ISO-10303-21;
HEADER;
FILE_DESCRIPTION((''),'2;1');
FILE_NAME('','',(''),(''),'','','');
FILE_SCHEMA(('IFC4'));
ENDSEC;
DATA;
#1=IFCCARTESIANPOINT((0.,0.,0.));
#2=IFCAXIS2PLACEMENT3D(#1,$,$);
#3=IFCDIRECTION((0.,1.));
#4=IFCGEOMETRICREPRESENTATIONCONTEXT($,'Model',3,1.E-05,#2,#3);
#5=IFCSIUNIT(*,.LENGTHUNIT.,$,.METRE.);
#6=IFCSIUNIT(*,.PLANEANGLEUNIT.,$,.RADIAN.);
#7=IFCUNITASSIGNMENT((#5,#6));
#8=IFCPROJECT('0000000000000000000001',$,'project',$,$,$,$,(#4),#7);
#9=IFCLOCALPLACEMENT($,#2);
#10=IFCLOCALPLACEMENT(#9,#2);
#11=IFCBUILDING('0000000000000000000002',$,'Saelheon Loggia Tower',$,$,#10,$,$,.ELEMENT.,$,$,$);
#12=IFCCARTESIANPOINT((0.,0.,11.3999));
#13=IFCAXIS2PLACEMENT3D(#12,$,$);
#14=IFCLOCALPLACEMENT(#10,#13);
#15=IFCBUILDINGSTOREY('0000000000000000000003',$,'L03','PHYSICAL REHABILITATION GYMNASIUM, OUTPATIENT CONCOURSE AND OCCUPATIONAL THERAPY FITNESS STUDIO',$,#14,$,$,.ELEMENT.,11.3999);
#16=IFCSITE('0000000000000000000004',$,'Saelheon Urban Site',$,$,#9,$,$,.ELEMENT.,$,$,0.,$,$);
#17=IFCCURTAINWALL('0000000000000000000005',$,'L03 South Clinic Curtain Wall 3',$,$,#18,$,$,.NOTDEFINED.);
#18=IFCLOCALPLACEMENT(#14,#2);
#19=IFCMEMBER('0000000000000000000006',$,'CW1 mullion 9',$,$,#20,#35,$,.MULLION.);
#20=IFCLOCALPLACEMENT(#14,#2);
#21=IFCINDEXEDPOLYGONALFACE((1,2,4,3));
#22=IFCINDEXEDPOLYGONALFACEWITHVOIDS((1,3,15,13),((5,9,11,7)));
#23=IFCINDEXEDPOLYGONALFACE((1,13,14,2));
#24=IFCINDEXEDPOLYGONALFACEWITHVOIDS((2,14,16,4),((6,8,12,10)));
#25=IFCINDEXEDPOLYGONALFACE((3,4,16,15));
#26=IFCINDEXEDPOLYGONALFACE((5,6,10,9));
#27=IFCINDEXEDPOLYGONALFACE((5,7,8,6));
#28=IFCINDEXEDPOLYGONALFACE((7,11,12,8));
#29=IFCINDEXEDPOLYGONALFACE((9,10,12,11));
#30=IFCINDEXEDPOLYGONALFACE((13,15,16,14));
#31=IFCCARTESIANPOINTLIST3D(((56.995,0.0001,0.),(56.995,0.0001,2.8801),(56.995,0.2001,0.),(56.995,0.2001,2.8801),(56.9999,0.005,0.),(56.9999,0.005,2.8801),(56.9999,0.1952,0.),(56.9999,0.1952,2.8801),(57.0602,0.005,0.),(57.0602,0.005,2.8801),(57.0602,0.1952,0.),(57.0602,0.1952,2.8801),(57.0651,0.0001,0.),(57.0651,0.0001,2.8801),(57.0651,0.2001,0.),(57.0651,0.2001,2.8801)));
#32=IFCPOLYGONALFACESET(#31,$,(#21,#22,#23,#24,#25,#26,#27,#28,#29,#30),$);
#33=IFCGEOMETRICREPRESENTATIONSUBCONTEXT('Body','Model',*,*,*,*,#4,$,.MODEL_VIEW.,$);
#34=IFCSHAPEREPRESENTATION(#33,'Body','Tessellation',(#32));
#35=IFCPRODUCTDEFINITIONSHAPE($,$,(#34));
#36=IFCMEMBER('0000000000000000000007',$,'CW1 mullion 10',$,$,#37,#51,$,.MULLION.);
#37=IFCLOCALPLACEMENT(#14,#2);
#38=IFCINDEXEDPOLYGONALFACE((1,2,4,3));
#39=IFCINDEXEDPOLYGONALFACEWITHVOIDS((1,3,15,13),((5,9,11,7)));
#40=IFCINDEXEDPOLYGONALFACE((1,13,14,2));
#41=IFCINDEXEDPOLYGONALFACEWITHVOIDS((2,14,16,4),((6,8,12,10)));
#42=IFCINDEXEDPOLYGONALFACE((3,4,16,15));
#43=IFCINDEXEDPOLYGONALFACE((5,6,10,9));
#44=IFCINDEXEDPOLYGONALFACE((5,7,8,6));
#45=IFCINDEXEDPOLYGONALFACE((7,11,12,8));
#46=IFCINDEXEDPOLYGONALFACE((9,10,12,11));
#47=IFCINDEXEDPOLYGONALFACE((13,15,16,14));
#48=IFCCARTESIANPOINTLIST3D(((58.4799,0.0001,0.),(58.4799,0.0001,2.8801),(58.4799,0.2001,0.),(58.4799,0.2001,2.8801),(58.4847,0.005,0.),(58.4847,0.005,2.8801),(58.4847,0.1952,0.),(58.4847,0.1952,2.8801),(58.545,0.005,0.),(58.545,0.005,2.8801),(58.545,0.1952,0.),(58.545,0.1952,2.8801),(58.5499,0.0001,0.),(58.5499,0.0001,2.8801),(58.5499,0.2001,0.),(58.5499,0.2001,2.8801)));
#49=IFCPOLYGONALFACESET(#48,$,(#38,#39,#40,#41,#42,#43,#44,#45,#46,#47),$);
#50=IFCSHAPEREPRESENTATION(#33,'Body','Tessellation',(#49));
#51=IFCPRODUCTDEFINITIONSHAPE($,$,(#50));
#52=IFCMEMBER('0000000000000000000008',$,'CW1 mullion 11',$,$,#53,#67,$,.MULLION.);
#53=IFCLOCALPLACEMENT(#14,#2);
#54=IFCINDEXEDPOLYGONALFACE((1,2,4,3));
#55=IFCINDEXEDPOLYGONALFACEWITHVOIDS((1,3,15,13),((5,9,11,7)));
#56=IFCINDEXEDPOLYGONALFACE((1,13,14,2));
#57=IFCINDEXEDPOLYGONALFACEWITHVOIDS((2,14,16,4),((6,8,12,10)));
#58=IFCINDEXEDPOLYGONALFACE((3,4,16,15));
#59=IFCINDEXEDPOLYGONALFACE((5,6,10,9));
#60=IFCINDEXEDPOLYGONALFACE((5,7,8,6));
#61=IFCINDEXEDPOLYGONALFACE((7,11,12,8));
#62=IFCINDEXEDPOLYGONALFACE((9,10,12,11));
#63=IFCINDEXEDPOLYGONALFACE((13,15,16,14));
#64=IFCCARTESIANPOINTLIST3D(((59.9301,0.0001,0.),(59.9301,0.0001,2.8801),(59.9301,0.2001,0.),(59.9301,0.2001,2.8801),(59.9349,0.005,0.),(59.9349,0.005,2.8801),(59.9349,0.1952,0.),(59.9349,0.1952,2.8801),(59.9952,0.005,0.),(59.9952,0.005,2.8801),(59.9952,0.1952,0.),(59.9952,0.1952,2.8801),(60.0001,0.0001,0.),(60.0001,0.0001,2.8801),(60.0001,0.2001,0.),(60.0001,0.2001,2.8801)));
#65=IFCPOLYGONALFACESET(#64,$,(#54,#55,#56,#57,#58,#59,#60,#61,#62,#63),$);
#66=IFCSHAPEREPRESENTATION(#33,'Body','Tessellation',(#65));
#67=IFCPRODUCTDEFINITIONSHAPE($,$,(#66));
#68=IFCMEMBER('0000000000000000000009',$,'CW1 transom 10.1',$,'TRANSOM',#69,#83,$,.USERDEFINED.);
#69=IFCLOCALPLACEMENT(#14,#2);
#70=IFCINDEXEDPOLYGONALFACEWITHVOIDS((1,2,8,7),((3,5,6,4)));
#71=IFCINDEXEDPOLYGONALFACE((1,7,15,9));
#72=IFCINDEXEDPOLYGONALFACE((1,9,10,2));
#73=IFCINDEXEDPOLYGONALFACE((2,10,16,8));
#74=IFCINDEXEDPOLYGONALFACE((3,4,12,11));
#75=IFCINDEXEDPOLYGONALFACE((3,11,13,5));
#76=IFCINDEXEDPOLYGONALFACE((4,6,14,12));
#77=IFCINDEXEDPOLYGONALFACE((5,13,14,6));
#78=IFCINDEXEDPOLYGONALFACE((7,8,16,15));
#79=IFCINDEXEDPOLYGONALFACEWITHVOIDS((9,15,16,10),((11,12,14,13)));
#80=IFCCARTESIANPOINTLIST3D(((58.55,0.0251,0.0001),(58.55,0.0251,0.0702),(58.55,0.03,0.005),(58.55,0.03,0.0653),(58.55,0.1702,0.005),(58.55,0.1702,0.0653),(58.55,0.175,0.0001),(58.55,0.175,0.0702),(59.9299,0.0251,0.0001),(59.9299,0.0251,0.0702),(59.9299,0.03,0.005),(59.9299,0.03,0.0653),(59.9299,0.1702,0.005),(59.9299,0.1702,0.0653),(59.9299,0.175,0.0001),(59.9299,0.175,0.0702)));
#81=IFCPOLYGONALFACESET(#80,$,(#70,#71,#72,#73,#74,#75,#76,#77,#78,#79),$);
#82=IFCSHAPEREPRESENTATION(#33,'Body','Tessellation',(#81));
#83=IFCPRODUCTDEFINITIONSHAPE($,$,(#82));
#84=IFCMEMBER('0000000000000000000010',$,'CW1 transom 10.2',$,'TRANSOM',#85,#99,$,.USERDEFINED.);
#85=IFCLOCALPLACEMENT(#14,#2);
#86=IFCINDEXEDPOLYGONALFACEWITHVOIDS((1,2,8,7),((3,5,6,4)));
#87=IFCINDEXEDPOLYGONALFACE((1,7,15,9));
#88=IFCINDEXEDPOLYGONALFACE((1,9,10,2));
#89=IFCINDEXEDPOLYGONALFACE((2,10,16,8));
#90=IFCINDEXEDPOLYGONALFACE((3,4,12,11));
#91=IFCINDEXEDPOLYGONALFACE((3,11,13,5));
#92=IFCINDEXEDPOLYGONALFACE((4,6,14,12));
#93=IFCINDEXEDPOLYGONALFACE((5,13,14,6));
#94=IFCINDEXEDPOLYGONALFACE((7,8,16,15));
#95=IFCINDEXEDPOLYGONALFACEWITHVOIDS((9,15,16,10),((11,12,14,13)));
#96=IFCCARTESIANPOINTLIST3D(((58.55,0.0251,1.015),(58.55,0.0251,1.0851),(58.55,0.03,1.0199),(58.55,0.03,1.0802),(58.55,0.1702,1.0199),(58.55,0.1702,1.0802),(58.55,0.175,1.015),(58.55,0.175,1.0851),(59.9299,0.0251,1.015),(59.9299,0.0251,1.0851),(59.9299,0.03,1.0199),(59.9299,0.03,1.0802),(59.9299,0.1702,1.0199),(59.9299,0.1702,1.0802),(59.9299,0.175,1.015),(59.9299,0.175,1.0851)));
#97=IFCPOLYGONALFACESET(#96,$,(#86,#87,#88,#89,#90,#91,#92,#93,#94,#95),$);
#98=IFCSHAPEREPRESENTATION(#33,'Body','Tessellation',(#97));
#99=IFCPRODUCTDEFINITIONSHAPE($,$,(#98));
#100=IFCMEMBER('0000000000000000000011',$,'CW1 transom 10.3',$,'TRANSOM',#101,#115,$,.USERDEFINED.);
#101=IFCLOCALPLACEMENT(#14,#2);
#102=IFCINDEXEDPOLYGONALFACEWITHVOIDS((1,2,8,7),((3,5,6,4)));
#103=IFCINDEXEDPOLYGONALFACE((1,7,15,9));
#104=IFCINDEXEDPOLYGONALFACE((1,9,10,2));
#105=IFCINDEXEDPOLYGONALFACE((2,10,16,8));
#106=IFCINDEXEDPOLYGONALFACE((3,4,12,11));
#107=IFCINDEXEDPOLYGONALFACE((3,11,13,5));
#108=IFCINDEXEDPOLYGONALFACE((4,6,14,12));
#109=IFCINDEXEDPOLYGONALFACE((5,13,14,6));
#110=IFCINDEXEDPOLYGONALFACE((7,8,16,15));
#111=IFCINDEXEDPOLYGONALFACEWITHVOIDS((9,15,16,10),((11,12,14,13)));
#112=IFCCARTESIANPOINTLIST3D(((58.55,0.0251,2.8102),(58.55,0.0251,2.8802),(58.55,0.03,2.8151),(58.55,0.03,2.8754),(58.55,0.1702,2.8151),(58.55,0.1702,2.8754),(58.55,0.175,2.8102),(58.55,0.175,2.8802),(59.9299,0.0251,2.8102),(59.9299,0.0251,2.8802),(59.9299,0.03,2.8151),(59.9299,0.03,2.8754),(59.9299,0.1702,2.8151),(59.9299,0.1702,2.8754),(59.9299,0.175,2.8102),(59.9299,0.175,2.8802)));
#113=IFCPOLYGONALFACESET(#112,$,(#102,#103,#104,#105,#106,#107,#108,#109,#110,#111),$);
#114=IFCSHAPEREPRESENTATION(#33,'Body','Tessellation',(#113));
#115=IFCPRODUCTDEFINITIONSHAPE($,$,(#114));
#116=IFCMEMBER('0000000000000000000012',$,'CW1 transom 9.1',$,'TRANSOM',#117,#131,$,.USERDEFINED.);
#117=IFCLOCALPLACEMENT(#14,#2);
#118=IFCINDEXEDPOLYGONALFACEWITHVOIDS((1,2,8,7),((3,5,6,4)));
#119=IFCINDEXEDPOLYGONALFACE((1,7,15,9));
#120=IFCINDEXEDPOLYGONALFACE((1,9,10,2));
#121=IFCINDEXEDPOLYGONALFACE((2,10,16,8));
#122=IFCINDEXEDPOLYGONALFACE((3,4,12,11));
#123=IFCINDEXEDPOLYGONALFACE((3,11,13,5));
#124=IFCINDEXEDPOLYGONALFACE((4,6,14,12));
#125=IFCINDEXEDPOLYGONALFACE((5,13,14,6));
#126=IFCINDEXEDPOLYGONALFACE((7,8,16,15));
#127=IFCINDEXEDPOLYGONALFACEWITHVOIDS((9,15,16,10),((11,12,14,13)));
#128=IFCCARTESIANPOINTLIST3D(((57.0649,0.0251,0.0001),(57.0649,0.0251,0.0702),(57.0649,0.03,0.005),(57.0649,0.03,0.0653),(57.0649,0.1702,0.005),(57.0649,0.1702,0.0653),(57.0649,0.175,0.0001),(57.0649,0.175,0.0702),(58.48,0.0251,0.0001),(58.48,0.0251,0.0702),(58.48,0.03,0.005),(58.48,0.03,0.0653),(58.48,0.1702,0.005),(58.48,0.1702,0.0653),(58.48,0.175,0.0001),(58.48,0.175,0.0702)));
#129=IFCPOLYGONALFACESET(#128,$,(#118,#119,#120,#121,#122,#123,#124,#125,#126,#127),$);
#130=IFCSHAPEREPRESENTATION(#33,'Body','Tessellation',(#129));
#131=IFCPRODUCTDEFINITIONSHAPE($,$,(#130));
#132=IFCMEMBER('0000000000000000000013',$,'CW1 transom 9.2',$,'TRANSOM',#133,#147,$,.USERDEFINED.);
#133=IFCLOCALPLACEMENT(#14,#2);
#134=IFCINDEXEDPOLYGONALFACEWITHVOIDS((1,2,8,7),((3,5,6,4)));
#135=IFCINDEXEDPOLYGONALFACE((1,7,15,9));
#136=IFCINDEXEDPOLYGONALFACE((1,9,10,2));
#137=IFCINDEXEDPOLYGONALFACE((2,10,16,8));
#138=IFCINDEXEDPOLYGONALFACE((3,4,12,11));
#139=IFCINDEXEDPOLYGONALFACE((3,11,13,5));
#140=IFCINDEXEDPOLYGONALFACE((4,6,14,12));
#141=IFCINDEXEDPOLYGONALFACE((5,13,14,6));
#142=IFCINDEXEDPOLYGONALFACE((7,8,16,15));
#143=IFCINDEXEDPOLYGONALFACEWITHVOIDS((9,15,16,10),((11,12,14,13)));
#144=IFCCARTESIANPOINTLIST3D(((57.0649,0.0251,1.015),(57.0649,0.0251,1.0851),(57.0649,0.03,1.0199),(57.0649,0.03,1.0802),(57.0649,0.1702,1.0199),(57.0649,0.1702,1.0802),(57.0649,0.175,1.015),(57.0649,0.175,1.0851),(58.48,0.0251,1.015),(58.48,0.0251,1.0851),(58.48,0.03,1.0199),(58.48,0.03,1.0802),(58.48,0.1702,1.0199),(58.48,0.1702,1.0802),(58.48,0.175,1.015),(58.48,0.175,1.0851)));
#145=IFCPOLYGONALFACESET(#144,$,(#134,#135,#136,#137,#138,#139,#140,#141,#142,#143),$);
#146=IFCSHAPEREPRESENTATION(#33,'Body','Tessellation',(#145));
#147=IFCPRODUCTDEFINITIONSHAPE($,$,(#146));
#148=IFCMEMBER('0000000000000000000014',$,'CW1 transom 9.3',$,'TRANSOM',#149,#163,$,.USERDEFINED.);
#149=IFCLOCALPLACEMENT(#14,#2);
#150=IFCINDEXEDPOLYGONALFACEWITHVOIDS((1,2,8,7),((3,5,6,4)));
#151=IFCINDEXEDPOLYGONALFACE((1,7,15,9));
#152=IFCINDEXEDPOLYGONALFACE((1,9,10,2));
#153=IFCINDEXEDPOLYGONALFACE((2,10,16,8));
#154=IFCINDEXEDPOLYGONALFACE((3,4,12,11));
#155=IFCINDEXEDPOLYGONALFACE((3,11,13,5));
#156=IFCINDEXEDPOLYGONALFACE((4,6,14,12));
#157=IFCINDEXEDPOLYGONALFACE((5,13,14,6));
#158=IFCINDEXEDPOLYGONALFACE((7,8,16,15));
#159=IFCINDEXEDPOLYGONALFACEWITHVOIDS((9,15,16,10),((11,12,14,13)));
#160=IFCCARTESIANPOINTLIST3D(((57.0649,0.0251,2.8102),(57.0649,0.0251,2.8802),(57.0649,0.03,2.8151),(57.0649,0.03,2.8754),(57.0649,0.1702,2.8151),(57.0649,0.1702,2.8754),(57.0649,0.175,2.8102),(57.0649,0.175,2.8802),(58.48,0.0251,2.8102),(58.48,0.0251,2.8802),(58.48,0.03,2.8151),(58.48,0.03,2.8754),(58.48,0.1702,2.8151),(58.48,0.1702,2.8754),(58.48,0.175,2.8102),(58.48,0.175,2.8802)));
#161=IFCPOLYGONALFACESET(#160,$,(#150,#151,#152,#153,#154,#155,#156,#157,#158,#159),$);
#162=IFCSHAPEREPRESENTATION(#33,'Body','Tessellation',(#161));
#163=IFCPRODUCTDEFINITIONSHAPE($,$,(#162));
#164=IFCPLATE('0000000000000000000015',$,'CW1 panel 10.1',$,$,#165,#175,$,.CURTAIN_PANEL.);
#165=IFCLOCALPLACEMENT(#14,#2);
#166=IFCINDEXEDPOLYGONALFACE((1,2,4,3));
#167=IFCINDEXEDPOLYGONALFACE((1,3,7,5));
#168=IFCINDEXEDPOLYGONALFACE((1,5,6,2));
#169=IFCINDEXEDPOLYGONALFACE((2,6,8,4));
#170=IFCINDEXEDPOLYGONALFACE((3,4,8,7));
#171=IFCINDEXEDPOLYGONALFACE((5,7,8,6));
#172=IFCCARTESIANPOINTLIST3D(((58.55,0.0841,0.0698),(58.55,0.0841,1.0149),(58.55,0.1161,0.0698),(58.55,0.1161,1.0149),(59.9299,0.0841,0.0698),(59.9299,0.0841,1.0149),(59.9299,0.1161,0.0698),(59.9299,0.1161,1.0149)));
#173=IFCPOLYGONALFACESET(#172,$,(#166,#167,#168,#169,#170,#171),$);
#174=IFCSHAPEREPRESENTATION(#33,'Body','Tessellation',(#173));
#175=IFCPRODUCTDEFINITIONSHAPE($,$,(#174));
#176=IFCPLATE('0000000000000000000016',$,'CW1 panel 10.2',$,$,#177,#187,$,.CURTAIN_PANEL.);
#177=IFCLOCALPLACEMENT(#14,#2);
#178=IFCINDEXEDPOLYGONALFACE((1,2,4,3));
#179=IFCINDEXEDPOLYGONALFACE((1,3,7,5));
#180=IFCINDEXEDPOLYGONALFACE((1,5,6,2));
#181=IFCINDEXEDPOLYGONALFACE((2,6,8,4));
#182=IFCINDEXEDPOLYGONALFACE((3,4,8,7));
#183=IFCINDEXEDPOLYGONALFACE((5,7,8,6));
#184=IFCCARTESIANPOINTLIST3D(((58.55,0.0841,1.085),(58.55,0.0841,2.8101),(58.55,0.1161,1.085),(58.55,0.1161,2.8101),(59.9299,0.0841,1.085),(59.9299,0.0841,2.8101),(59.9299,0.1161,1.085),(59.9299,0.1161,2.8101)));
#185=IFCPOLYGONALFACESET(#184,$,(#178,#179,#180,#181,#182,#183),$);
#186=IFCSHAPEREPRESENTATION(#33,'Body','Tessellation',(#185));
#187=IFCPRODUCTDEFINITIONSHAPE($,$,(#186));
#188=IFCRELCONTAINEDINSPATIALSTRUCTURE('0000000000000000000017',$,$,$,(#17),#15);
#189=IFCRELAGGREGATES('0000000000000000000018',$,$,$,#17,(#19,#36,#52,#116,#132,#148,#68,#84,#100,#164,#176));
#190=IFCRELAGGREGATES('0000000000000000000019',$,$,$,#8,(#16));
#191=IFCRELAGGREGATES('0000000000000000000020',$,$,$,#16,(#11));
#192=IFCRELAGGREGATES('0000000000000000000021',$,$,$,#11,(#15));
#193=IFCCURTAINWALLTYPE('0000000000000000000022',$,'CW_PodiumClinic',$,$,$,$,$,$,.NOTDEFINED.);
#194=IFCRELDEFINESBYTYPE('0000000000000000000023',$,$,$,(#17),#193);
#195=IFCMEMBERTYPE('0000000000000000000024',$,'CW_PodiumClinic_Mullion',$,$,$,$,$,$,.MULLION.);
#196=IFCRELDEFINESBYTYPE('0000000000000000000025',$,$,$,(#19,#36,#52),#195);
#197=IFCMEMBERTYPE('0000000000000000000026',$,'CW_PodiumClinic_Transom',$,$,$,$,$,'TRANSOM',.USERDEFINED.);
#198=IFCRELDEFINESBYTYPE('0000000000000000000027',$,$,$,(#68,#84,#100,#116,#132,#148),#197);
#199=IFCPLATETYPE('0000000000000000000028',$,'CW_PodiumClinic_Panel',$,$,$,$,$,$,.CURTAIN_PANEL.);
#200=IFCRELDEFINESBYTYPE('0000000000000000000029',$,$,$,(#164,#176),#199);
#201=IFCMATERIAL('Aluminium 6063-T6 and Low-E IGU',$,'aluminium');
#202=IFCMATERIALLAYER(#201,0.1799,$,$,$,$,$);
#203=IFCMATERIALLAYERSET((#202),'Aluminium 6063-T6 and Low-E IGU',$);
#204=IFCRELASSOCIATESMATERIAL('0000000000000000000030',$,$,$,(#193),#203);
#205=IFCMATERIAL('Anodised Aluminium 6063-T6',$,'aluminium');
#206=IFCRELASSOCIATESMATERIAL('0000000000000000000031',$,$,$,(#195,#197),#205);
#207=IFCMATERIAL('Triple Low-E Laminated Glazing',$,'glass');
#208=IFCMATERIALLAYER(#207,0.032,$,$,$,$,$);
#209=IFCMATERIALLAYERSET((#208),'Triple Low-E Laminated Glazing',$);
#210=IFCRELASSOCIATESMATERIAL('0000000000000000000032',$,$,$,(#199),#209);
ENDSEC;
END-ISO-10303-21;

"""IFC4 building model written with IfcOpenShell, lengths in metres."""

from ifc_helpers import new_model, si_unit, direction, frame, origin, origin_2d, place, context, subcontext, project, spatial, rectangle, hollow_rectangle, extrude, source, transform, mapped, material, layer, layer_set, material_profile, profile_set, type_object, element, aggregate, save


model = new_model("IFC4")

# Units and contexts
model_context = context("Model", 3, precision=1e-05, world=origin(), true_north=direction((0.0, 1.0)))
body_context = subcontext(model_context, "Body", "Model", "MODEL_VIEW")
ifc_project = project(units=[si_unit("LENGTHUNIT", "METRE"), si_unit("PLANEANGLEUNIT", "RADIAN")], contexts=[model_context])

# Site, building, storey
site_placement = place(None, origin())
site = spatial("IfcSite", under=ifc_project, at=site_placement, Name="Saelheon Urban Site", CompositionType="ELEMENT", RefElevation=0.0)
building_placement = place(site_placement, origin())
building = spatial("IfcBuilding", under=site, at=building_placement, Name="Saelheon Loggia Tower", CompositionType="ELEMENT")
storey_placement = place(building_placement, frame((0.0, 0.0, 11.3999)))
storey = spatial("IfcBuildingStorey", under=building, at=storey_placement, Name="L03", Description="PHYSICAL REHABILITATION GYMNASIUM, OUTPATIENT CONCOURSE AND OCCUPATIONAL THERAPY FITNESS STUDIO", CompositionType="ELEMENT", Elevation=11.3999)

# Curtain wall, members, plates
ifc_material_1 = material(Name="Aluminium 6063-T6 and Low-E IGU", Category="aluminium")
ifc_layer_1 = layer(ifc_material_1, 0.1799)
ifc_layer_set_1 = layer_set([ifc_layer_1], Name="Aluminium 6063-T6 and Low-E IGU")
curtain_wall_type = type_object("IfcCurtainWallType", Name="CW_PodiumClinic", PredefinedType="NOTDEFINED", material=ifc_layer_set_1)
curtain_wall_placement = place(storey_placement, origin())
curtain_wall = element("IfcCurtainWall", 1, at=curtain_wall_placement, inside=storey, type_object=curtain_wall_type, Name="L03 South Clinic Curtain Wall 3", PredefinedType="NOTDEFINED")
ifc_material_2 = material(Name="Anodised Aluminium 6063-T6", Category="aluminium")
ifc_material_profile_1 = material_profile(ifc_material_2, hollow_rectangle(XDim=0.0701, YDim=0.2, WallThickness=0.0049, at=origin_2d()), Name="RHS-200x70x5")
ifc_profile_set_1 = profile_set([ifc_material_profile_1], Name="Anodised Aluminium 6063-T6")
member_type_1 = type_object("IfcMemberType", Name="CW_PodiumClinic_Mullion", PredefinedType="MULLION", material=ifc_profile_set_1)
shared_shape_1 = source(origin(), body_context, "Body", "SweptSolid", [
    extrude(hollow_rectangle(XDim=0.0701, YDim=0.2, WallThickness=0.0049, at=origin_2d()), origin(), (0.0, 0.0, 1.0), 2.8801),
])
member_1_placement = place(storey_placement, frame((57.03, 0.1001, 0.0), z_axis=(0.0, 0.0, 1.0), x_axis=(1.0, 0.0, 0.0)))
member_1 = element("IfcMember", 2, at=member_1_placement, type_object=member_type_1, Name="CW1 mullion 9", PredefinedType="MULLION", context=body_context, shape_type="MappedRepresentation", body=[
    mapped(shared_shape_1, transform((0.0, 0.0, 0.0), scale=1.0)),
])
member_2_placement = place(storey_placement, frame((58.5149, 0.1001, 0.0), z_axis=(0.0, 0.0, 1.0), x_axis=(1.0, 0.0, 0.0)))
member_2 = element("IfcMember", 3, at=member_2_placement, type_object=member_type_1, Name="CW1 mullion 10", PredefinedType="MULLION", context=body_context, shape_type="MappedRepresentation", body=[
    mapped(shared_shape_1, transform((0.0, 0.0, 0.0), scale=1.0)),
])
member_3_placement = place(storey_placement, frame((59.9651, 0.1001, 0.0), z_axis=(0.0, 0.0, 1.0), x_axis=(1.0, 0.0, 0.0)))
member_3 = element("IfcMember", 4, at=member_3_placement, type_object=member_type_1, Name="CW1 mullion 11", PredefinedType="MULLION", context=body_context, shape_type="MappedRepresentation", body=[
    mapped(shared_shape_1, transform((0.0, 0.0, 0.0), scale=1.0)),
])
ifc_material_profile_2 = material_profile(ifc_material_2, hollow_rectangle(XDim=0.0701, YDim=0.1499, WallThickness=0.0049, at=origin_2d()), Name="RHS-150x70x5")
ifc_profile_set_2 = profile_set([ifc_material_profile_2], Name="Anodised Aluminium 6063-T6")
member_type_2 = type_object("IfcMemberType", Name="CW_PodiumClinic_Transom", ElementType="TRANSOM", PredefinedType="USERDEFINED", material=ifc_profile_set_2)
shared_shape_2 = source(origin(), body_context, "Body", "SweptSolid", [
    extrude(hollow_rectangle(XDim=0.0701, YDim=0.1499, WallThickness=0.0049, at=origin_2d()), origin(), (0.0, 0.0, 1.0), 1.3799),
])
member_4_placement = place(storey_placement, frame((58.55, 0.1001, 0.0352), z_axis=(1.0, 0.0, 0.0), x_axis=(0.0, 0.0, 1.0)))
member_4 = element("IfcMember", 5, at=member_4_placement, type_object=member_type_2, Name="CW1 transom 10.1", ObjectType="TRANSOM", PredefinedType="USERDEFINED", context=body_context, shape_type="MappedRepresentation", body=[
    mapped(shared_shape_2, transform((0.0, 0.0, 0.0), scale=1.0)),
])
member_5_placement = place(storey_placement, frame((58.55, 0.1001, 1.05), z_axis=(1.0, 0.0, 0.0), x_axis=(0.0, 0.0, 1.0)))
member_5 = element("IfcMember", 6, at=member_5_placement, type_object=member_type_2, Name="CW1 transom 10.2", ObjectType="TRANSOM", PredefinedType="USERDEFINED", context=body_context, shape_type="MappedRepresentation", body=[
    mapped(shared_shape_2, transform((0.0, 0.0, 0.0), scale=1.0)),
])
member_6_placement = place(storey_placement, frame((58.55, 0.1001, 2.8452), z_axis=(1.0, 0.0, 0.0), x_axis=(0.0, 0.0, 1.0)))
member_6 = element("IfcMember", 7, at=member_6_placement, type_object=member_type_2, Name="CW1 transom 10.3", ObjectType="TRANSOM", PredefinedType="USERDEFINED", context=body_context, shape_type="MappedRepresentation", body=[
    mapped(shared_shape_2, transform((0.0, 0.0, 0.0), scale=1.0)),
])
shared_shape_3 = source(origin(), body_context, "Body", "SweptSolid", [
    extrude(hollow_rectangle(XDim=0.0701, YDim=0.1499, WallThickness=0.0049, at=origin_2d()), origin(), (0.0, 0.0, 1.0), 1.415),
])
member_7_placement = place(storey_placement, frame((57.0649, 0.1001, 0.0352), z_axis=(1.0, 0.0, 0.0), x_axis=(0.0, 0.0, 1.0)))
member_7 = element("IfcMember", 8, at=member_7_placement, type_object=member_type_2, Name="CW1 transom 9.1", ObjectType="TRANSOM", PredefinedType="USERDEFINED", context=body_context, shape_type="MappedRepresentation", body=[
    mapped(shared_shape_3, transform((0.0, 0.0, 0.0), scale=1.0)),
])
member_8_placement = place(storey_placement, frame((57.0649, 0.1001, 1.05), z_axis=(1.0, 0.0, 0.0), x_axis=(0.0, 0.0, 1.0)))
member_8 = element("IfcMember", 9, at=member_8_placement, type_object=member_type_2, Name="CW1 transom 9.2", ObjectType="TRANSOM", PredefinedType="USERDEFINED", context=body_context, shape_type="MappedRepresentation", body=[
    mapped(shared_shape_3, transform((0.0, 0.0, 0.0), scale=1.0)),
])
member_9_placement = place(storey_placement, frame((57.0649, 0.1001, 2.8452), z_axis=(1.0, 0.0, 0.0), x_axis=(0.0, 0.0, 1.0)))
member_9 = element("IfcMember", 10, at=member_9_placement, type_object=member_type_2, Name="CW1 transom 9.3", ObjectType="TRANSOM", PredefinedType="USERDEFINED", context=body_context, shape_type="MappedRepresentation", body=[
    mapped(shared_shape_3, transform((0.0, 0.0, 0.0), scale=1.0)),
])
ifc_material_3 = material(Name="Triple Low-E Laminated Glazing", Category="glass")
ifc_layer_2 = layer(ifc_material_3, 0.032)
ifc_layer_set_2 = layer_set([ifc_layer_2], Name="Triple Low-E Laminated Glazing")
plate_type = type_object("IfcPlateType", Name="CW_PodiumClinic_Panel", PredefinedType="CURTAIN_PANEL", material=ifc_layer_set_2)
shared_shape_4 = source(origin(), body_context, "Body", "SweptSolid", [
    extrude(rectangle(XDim=1.3799, YDim=0.032, at=origin_2d()), origin(), (0.0, 0.0, 1.0), 0.9451),
])
plate_1_placement = place(storey_placement, frame((59.24, 0.1001, 0.0698), z_axis=(0.0, 0.0, 1.0), x_axis=(1.0, 0.0, 0.0)))
plate_1 = element("IfcPlate", 11, at=plate_1_placement, type_object=plate_type, Name="CW1 panel 10.1", PredefinedType="CURTAIN_PANEL", context=body_context, shape_type="MappedRepresentation", body=[
    mapped(shared_shape_4, transform((0.0, 0.0, 0.0), scale=1.0)),
])
shared_shape_5 = source(origin(), body_context, "Body", "SweptSolid", [
    extrude(rectangle(XDim=1.3799, YDim=0.032, at=origin_2d()), origin(), (0.0, 0.0, 1.0), 1.7251),
])
plate_2_placement = place(storey_placement, frame((59.24, 0.1001, 1.085), z_axis=(0.0, 0.0, 1.0), x_axis=(1.0, 0.0, 0.0)))
plate_2 = element("IfcPlate", 12, at=plate_2_placement, type_object=plate_type, Name="CW1 panel 10.2", PredefinedType="CURTAIN_PANEL", context=body_context, shape_type="MappedRepresentation", body=[
    mapped(shared_shape_5, transform((0.0, 0.0, 0.0), scale=1.0)),
])
aggregate(curtain_wall, [member_1, member_2, member_3, member_7, member_8, member_9, member_4, member_5, member_6, plate_1, plate_2])

save(model, "model.ifc")
